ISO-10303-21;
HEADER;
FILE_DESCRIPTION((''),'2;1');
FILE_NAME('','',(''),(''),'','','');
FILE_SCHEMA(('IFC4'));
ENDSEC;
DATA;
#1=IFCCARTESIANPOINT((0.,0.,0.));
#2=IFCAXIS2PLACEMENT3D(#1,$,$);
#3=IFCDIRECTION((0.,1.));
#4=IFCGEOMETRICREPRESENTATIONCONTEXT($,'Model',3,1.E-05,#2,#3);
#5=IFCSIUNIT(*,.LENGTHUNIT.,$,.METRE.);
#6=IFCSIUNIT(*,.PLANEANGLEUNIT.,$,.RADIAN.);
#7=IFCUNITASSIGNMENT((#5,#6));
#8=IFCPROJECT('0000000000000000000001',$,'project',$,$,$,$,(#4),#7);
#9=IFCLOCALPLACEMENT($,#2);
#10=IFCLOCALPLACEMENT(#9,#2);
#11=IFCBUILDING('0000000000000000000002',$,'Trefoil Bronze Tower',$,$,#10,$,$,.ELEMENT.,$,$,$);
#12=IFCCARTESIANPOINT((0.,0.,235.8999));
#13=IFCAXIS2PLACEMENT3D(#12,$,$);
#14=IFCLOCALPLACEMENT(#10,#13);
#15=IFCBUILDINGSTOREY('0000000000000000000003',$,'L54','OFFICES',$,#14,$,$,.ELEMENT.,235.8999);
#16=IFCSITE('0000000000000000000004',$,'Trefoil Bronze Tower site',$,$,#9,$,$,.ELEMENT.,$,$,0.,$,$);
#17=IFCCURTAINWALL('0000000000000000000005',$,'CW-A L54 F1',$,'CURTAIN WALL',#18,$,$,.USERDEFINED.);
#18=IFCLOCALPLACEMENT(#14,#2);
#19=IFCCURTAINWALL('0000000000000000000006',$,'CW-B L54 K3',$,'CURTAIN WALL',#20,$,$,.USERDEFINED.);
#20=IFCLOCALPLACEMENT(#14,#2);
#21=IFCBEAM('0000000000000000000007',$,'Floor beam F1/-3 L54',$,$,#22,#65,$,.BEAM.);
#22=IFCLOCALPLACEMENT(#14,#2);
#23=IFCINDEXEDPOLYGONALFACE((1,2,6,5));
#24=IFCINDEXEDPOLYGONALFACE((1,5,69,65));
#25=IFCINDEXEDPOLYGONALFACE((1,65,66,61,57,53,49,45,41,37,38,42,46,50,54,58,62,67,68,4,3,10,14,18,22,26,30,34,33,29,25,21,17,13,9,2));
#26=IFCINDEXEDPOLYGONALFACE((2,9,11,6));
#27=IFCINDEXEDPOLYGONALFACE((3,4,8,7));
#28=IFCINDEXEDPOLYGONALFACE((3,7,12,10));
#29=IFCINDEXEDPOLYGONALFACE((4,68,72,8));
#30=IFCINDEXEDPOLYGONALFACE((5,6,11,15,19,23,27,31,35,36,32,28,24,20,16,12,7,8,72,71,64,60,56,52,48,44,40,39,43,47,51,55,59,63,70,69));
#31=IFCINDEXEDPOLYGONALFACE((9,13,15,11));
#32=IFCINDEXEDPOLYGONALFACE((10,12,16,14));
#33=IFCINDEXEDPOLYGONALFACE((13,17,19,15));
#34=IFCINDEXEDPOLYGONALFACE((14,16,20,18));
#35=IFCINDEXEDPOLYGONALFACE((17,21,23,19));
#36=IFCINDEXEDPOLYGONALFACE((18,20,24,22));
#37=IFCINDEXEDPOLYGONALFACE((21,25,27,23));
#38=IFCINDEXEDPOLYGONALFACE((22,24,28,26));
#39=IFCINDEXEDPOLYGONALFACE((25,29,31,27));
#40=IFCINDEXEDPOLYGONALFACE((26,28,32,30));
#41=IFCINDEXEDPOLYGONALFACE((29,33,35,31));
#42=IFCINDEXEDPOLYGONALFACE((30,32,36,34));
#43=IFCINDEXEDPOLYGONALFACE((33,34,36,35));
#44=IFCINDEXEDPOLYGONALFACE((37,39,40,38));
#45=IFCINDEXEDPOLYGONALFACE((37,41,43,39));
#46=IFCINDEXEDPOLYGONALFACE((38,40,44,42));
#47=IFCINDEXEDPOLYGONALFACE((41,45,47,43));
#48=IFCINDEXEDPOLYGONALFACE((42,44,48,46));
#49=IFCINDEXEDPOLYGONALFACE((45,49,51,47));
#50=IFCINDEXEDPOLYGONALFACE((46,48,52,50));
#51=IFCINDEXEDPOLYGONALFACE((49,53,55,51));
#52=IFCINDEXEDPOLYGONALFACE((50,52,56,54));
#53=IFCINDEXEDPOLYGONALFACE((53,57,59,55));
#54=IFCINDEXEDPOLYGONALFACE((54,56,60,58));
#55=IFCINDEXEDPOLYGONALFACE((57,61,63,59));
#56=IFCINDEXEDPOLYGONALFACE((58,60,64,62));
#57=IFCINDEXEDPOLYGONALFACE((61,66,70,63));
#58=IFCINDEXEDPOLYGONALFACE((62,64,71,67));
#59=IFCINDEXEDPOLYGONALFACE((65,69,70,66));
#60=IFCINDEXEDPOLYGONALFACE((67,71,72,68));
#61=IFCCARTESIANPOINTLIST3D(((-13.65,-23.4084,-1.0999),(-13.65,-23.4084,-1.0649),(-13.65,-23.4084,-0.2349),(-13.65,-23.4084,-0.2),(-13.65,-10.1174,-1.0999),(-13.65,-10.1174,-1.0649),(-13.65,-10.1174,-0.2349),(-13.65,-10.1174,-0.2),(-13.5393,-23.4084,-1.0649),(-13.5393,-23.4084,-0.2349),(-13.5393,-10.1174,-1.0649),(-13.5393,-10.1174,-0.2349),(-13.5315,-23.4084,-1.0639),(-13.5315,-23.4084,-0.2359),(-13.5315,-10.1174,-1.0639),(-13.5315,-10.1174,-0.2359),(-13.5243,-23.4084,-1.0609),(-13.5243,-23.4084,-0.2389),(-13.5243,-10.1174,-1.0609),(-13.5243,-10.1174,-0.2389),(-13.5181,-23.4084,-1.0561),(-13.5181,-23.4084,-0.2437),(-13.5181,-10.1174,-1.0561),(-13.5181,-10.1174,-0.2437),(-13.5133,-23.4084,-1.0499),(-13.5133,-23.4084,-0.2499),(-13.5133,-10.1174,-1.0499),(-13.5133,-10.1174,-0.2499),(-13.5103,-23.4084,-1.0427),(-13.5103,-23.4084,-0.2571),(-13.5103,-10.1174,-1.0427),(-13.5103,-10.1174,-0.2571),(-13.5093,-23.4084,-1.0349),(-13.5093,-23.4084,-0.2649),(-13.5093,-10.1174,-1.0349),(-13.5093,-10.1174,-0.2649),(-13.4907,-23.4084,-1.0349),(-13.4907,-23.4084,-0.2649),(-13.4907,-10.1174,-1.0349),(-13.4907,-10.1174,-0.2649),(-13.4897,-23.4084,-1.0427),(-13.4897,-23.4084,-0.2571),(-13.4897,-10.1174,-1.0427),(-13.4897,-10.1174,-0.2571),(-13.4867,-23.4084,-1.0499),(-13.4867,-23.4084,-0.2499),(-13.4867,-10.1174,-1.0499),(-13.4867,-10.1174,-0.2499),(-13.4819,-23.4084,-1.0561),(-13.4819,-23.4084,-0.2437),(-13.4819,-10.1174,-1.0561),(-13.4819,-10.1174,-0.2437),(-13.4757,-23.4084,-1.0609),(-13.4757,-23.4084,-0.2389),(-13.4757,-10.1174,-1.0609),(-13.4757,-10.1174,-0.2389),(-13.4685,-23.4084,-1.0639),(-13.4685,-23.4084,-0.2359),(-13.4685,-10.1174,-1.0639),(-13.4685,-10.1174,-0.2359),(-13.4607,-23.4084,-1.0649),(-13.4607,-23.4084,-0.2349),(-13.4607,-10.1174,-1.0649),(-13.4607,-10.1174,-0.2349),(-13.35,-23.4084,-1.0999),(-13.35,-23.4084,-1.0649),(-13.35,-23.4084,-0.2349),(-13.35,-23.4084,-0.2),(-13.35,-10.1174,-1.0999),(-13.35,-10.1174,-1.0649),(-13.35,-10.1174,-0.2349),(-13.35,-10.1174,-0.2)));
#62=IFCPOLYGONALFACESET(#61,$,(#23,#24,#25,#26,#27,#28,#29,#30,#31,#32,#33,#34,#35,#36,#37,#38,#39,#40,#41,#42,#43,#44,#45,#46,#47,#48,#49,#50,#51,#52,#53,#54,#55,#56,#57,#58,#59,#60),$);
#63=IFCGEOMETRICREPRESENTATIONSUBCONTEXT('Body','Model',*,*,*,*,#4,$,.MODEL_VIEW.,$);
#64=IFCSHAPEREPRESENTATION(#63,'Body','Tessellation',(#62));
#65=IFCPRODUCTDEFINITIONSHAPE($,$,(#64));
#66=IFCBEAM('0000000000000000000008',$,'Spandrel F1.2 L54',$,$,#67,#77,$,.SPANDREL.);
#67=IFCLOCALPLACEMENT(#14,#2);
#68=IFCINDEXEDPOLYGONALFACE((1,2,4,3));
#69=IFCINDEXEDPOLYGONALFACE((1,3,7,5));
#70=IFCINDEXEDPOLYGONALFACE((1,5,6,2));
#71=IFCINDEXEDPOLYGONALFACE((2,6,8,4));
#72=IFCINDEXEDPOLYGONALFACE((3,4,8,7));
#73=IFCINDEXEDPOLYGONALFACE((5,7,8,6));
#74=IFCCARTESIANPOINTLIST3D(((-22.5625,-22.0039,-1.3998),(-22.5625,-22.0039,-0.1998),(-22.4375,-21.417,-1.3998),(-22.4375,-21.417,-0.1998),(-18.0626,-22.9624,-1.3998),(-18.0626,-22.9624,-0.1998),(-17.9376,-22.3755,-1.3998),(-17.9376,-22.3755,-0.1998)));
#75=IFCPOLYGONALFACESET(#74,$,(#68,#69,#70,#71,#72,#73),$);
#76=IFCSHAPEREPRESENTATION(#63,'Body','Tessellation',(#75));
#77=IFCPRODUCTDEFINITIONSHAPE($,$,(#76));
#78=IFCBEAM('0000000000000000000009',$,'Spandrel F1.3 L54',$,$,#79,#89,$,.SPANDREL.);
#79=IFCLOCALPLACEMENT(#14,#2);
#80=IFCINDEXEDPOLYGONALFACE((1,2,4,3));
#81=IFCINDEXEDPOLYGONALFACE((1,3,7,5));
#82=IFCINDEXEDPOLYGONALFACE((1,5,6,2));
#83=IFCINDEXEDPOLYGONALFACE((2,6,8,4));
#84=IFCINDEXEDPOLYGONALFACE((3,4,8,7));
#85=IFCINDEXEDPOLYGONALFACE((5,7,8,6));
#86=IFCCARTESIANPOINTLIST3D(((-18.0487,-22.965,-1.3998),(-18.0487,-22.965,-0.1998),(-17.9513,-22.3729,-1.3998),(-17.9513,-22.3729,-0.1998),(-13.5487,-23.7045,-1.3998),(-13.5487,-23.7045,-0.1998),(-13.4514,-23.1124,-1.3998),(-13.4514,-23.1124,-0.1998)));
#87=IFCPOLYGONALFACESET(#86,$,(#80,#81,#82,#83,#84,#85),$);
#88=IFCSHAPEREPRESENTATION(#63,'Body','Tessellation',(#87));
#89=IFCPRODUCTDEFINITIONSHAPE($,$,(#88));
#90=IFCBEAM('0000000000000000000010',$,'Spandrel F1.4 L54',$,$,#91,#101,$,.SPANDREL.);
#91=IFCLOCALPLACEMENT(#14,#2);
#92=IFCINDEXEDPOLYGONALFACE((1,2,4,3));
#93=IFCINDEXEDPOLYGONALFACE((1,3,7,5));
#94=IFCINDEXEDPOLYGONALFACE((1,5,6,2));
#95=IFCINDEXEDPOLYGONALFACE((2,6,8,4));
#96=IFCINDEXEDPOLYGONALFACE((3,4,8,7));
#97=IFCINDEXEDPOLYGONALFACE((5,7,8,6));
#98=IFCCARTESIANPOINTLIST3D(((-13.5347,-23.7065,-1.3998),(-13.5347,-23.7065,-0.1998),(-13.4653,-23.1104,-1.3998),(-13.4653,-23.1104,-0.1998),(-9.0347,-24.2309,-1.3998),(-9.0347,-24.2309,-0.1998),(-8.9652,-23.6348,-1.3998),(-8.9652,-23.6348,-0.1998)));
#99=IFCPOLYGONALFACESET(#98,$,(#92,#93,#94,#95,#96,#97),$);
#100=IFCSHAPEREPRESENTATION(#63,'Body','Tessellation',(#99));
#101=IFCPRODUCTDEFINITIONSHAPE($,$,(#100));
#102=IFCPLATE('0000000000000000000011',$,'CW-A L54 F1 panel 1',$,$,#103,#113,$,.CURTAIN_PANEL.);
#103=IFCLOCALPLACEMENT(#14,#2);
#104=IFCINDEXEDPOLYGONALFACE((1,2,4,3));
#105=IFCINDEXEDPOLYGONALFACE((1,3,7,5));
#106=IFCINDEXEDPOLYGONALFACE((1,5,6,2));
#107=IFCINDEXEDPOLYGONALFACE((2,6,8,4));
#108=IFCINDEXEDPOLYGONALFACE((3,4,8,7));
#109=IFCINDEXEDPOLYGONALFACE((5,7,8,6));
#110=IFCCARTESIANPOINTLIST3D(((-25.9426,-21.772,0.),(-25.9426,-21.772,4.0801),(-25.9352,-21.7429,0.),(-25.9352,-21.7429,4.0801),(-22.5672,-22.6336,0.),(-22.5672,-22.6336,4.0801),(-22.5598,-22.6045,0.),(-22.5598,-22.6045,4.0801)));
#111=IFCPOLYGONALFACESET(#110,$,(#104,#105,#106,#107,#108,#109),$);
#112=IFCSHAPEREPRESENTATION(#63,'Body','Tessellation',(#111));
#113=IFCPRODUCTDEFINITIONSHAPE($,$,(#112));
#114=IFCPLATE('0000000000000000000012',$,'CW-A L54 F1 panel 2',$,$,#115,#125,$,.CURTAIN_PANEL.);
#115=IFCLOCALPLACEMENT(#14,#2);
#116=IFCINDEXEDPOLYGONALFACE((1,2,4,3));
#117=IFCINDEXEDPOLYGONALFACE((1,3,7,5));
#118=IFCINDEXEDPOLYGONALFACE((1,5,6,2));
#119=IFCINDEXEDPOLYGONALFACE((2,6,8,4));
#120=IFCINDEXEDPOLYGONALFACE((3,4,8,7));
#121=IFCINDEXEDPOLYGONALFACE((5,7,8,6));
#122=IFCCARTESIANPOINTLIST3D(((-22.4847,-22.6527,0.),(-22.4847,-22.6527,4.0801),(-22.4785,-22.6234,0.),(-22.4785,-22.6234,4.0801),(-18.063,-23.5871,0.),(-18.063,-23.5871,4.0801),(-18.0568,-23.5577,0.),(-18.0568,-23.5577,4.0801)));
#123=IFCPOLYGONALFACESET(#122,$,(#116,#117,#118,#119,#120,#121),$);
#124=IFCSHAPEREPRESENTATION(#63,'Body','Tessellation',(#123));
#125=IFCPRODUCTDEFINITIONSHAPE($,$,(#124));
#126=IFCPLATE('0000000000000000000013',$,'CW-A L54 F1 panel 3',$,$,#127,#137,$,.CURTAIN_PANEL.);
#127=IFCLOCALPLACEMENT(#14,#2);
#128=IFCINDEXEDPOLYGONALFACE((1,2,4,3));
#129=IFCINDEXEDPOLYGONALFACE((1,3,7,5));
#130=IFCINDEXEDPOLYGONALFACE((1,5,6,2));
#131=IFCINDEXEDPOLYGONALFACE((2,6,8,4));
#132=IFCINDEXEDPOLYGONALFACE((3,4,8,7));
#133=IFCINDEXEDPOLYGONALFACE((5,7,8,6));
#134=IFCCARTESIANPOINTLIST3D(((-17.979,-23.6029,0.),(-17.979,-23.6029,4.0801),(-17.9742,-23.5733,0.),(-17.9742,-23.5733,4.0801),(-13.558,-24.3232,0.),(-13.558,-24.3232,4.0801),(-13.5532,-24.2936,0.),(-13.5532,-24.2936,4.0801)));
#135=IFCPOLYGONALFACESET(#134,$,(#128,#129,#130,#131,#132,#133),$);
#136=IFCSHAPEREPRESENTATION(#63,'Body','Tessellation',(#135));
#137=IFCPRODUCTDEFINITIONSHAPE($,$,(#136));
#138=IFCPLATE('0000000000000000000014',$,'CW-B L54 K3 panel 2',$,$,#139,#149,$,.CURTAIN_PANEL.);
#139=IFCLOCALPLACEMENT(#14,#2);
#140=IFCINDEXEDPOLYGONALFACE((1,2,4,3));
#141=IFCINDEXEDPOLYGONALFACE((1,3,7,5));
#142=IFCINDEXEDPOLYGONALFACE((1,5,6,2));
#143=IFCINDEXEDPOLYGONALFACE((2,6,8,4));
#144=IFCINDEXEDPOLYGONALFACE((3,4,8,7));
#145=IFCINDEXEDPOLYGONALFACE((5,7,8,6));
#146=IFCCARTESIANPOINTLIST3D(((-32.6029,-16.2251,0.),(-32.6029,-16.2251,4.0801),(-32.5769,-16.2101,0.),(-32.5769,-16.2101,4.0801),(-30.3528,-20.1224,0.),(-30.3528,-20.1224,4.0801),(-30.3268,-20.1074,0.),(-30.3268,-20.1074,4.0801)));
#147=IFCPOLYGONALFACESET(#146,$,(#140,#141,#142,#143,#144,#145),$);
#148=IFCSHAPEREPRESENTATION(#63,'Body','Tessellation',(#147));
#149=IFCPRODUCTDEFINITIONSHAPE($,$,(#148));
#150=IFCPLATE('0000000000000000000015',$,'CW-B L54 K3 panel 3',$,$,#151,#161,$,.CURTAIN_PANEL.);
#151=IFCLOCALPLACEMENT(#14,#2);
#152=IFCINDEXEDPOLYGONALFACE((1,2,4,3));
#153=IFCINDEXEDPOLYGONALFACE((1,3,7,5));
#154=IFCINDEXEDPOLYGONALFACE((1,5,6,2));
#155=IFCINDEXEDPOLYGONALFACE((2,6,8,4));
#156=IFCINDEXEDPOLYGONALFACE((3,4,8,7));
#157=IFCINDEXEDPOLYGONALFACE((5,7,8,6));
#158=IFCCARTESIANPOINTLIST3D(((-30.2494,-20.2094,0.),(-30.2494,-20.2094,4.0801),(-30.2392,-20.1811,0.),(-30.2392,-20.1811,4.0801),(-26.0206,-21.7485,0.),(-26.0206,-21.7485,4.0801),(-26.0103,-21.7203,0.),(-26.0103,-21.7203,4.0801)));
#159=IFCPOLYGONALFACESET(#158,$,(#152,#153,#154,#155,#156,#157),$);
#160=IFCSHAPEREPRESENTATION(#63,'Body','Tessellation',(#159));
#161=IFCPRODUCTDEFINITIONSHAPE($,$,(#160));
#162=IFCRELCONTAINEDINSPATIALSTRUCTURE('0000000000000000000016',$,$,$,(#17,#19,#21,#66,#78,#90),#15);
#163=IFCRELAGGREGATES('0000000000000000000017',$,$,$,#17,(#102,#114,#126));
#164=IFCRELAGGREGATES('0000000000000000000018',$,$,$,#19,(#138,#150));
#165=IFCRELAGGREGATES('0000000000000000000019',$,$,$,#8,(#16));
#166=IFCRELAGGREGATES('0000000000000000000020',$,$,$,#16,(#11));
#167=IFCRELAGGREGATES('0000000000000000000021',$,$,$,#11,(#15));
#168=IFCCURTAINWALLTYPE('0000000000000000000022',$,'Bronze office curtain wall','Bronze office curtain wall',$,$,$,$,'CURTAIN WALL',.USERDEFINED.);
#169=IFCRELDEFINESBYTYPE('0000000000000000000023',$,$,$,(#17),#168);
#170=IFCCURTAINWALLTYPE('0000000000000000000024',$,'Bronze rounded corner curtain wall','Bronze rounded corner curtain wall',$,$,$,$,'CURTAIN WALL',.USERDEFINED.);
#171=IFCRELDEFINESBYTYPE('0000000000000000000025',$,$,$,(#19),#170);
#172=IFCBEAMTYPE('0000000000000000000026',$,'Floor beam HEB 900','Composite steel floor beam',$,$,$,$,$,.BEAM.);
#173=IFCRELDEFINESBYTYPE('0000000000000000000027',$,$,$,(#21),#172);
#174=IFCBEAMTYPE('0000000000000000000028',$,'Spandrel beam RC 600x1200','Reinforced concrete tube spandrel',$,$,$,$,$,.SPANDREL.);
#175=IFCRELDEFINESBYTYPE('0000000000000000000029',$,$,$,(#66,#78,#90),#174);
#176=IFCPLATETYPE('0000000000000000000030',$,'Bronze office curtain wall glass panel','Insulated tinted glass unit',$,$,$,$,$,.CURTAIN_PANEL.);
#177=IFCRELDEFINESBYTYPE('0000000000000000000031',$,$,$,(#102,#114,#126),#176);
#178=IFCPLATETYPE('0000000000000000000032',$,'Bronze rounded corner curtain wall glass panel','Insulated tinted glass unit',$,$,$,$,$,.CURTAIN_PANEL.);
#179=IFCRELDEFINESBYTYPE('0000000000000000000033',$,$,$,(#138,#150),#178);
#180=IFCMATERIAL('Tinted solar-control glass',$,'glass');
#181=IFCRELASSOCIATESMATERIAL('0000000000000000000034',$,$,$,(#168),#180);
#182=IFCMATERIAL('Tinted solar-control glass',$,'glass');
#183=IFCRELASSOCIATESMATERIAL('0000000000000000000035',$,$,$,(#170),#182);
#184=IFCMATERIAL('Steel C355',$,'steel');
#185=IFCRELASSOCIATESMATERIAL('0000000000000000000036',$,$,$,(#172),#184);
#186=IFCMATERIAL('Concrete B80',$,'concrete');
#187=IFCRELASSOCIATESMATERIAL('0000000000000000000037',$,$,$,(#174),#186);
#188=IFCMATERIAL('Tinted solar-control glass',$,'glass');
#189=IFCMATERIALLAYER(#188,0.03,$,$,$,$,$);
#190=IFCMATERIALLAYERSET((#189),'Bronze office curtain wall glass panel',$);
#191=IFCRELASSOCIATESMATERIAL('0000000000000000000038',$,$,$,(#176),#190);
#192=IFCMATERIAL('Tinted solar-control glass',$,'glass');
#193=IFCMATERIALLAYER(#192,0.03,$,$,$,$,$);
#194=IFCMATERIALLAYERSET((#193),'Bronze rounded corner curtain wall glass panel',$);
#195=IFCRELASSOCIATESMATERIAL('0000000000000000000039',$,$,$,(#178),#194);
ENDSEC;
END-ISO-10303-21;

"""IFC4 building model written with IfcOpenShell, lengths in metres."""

from ifc_helpers import new_model, si_unit, direction, frame, origin, origin_2d, place, context, subcontext, project, spatial, rectangle, i_section, extrude, material, layer, layer_set, material_profile, profile_set, type_object, element, aggregate, save


model = new_model("IFC4")

# Units and contexts
model_context = context("Model", 3, precision=1e-05, world=origin(), true_north=direction((0.0, 1.0)))
body_context = subcontext(model_context, "Body", "Model", "MODEL_VIEW")
ifc_project = project(units=[si_unit("LENGTHUNIT", "METRE"), si_unit("PLANEANGLEUNIT", "RADIAN")], contexts=[model_context])

# Site, building, storey
site_placement = place(None, origin())
site = spatial("IfcSite", under=ifc_project, at=site_placement, Name="Trefoil Bronze Tower site", CompositionType="ELEMENT", RefElevation=0.0)
building_placement = place(site_placement, origin())
building = spatial("IfcBuilding", under=site, at=building_placement, Name="Trefoil Bronze Tower", CompositionType="ELEMENT")
storey_placement = place(building_placement, frame((0.0, 0.0, 235.8999)))
storey = spatial("IfcBuildingStorey", under=building, at=storey_placement, Name="L54", Description="OFFICES", CompositionType="ELEMENT", Elevation=235.8999)

# Curtain walls
ifc_material_1 = material(Name="Tinted solar-control glass", Category="glass")
curtain_wall_type_1 = type_object("IfcCurtainWallType", Name="Bronze office curtain wall", Description="Bronze office curtain wall", ElementType="CURTAIN WALL", PredefinedType="USERDEFINED", material=ifc_material_1)
curtain_wall_1_placement = place(storey_placement, origin())
curtain_wall_1 = element("IfcCurtainWall", 1, at=curtain_wall_1_placement, inside=storey, type_object=curtain_wall_type_1, Name="CW-A L54 F1", ObjectType="CURTAIN WALL", PredefinedType="USERDEFINED")
ifc_material_2 = material(Name="Tinted solar-control glass", Category="glass")
curtain_wall_type_2 = type_object("IfcCurtainWallType", Name="Bronze rounded corner curtain wall", Description="Bronze rounded corner curtain wall", ElementType="CURTAIN WALL", PredefinedType="USERDEFINED", material=ifc_material_2)
curtain_wall_2_placement = place(storey_placement, origin())
curtain_wall_2 = element("IfcCurtainWall", 2, at=curtain_wall_2_placement, inside=storey, type_object=curtain_wall_type_2, Name="CW-B L54 K3", ObjectType="CURTAIN WALL", PredefinedType="USERDEFINED")

# Beams
ifc_material_3 = material(Name="Steel C355", Category="steel")
ifc_material_profile_1 = material_profile(ifc_material_3, i_section(OverallWidth=0.3, OverallDepth=0.8999, WebThickness=0.0186, FlangeThickness=0.0349, FilletRadius=0.03, at=origin_2d()), Name="HEB 900")
ifc_profile_set_1 = profile_set([ifc_material_profile_1], Name="Steel C355")
beam_type_1 = type_object("IfcBeamType", Name="Floor beam HEB 900", Description="Composite steel floor beam", PredefinedType="BEAM", material=ifc_profile_set_1)
beam_1_placement = place(storey_placement, frame((-13.5, -23.4084, -0.6499), z_axis=(0.0, 1.0, 0.0), x_axis=(-1.0, 0.0, 0.0)))
element("IfcBeam", 3, at=beam_1_placement, inside=storey, type_object=beam_type_1, Name="Floor beam F1/-3 L54", PredefinedType="BEAM", context=body_context, shape_type="SweptSolid", body=[
    extrude(i_section(OverallWidth=0.3, OverallDepth=0.8999, WebThickness=0.0186, FlangeThickness=0.0349, FilletRadius=0.03, at=origin_2d()), origin(), (0.0, 0.0, 1.0), 13.291),
])
ifc_material_4 = material(Name="Concrete B80", Category="concrete")
ifc_material_profile_2 = material_profile(ifc_material_4, rectangle(XDim=0.6001, YDim=1.2, at=origin_2d()), Name="RC 600x1200")
ifc_profile_set_2 = profile_set([ifc_material_profile_2], Name="Concrete B80")
beam_type_2 = type_object("IfcBeamType", Name="Spandrel beam RC 600x1200", Description="Reinforced concrete tube spandrel", PredefinedType="SPANDREL", material=ifc_profile_set_2)
beam_2_placement = place(storey_placement, frame((-22.5, -21.7104, -0.7998), z_axis=(0.978059, -0.208326, 0.0), x_axis=(0.208326, 0.978059, 0.0)))
element("IfcBeam", 4, at=beam_2_placement, inside=storey, type_object=beam_type_2, Name="Spandrel F1.2 L54", PredefinedType="SPANDREL", context=body_context, shape_type="SweptSolid", body=[
    extrude(rectangle(XDim=0.6001, YDim=1.2, at=origin_2d()), origin(), (0.0, 0.0, 1.0), 4.6008),
])
beam_3_placement = place(storey_placement, frame((-18.0, -22.6689, -0.7998), z_axis=(0.986765, -0.162159, 0.0), x_axis=(0.162159, 0.986765, 0.0)))
element("IfcBeam", 5, at=beam_3_placement, inside=storey, type_object=beam_type_2, Name="Spandrel F1.3 L54", PredefinedType="SPANDREL", context=body_context, shape_type="SweptSolid", body=[
    extrude(rectangle(XDim=0.6001, YDim=1.2, at=origin_2d()), origin(), (0.0, 0.0, 1.0), 4.5603),
])
beam_4_placement = place(storey_placement, frame((-13.5, -23.4084, -0.7998), z_axis=(0.993278, -0.115753, 0.0), x_axis=(0.115753, 0.993278, 0.0)))
element("IfcBeam", 6, at=beam_4_placement, inside=storey, type_object=beam_type_2, Name="Spandrel F1.4 L54", PredefinedType="SPANDREL", context=body_context, shape_type="SweptSolid", body=[
    extrude(rectangle(XDim=0.6001, YDim=1.2, at=origin_2d()), origin(), (0.0, 0.0, 1.0), 4.5305),
])

# Plates
ifc_material_5 = material(Name="Tinted solar-control glass", Category="glass")
ifc_layer_1 = layer(ifc_material_5, 0.03)
ifc_layer_set_1 = layer_set([ifc_layer_1], Name="Bronze office curtain wall glass panel")
plate_type_1 = type_object("IfcPlateType", Name="Bronze office curtain wall glass panel", Description="Insulated tinted glass unit", PredefinedType="CURTAIN_PANEL", material=ifc_layer_set_1)
plate_1_placement = place(storey_placement, frame((-24.2512, -22.1882, 0.0), z_axis=(0.0, 0.0, 1.0), x_axis=(0.968934, -0.247319, 0.0)))
plate_1 = element("IfcPlate", 7, at=plate_1_placement, type_object=plate_type_1, Name="CW-A L54 F1 panel 1", PredefinedType="CURTAIN_PANEL", context=body_context, shape_type="SweptSolid", body=[
    extrude(rectangle(XDim=3.4836, YDim=0.03, at=origin_2d()), origin(), (0.0, 0.0, 1.0), 4.0801),
])
plate_2_placement = place(storey_placement, frame((-20.2708, -23.1052, 0.0), z_axis=(0.0, 0.0, 1.0), x_axis=(0.978394, -0.206747, 0.0)))
plate_2 = element("IfcPlate", 8, at=plate_2_placement, type_object=plate_type_1, Name="CW-A L54 F1 panel 2", PredefinedType="CURTAIN_PANEL", context=body_context, shape_type="SweptSolid", body=[
    extrude(rectangle(XDim=4.5193, YDim=0.03, at=origin_2d()), origin(), (0.0, 0.0, 1.0), 4.0801),
])
plate_3_placement = place(storey_placement, frame((-15.7661, -23.9482, 0.0), z_axis=(0.0, 0.0, 1.0), x_axis=(0.986987, -0.160803, 0.0)))
plate_3 = element("IfcPlate", 9, at=plate_3_placement, type_object=plate_type_1, Name="CW-A L54 F1 panel 3", PredefinedType="CURTAIN_PANEL", context=body_context, shape_type="SweptSolid", body=[
    extrude(rectangle(XDim=4.4792, YDim=0.03, at=origin_2d()), origin(), (0.0, 0.0, 1.0), 4.0801),
])
aggregate(curtain_wall_1, [plate_1, plate_2, plate_3])
ifc_material_6 = material(Name="Tinted solar-control glass", Category="glass")
ifc_layer_2 = layer(ifc_material_6, 0.03)
ifc_layer_set_2 = layer_set([ifc_layer_2], Name="Bronze rounded corner curtain wall glass panel")
plate_type_2 = type_object("IfcPlateType", Name="Bronze rounded corner curtain wall glass panel", Description="Insulated tinted glass unit", PredefinedType="CURTAIN_PANEL", material=ifc_layer_set_2)
plate_4_placement = place(storey_placement, frame((-31.4648, -18.1663, 0.0), z_axis=(0.0, 0.0, 1.0), x_axis=(0.5, -0.866025, 0.0)))
plate_4 = element("IfcPlate", 10, at=plate_4_placement, type_object=plate_type_2, Name="CW-B L54 K3 panel 2", PredefinedType="CURTAIN_PANEL", context=body_context, shape_type="SweptSolid", body=[
    extrude(rectangle(XDim=4.5002, YDim=0.03, at=origin_2d()), origin(), (0.0, 0.0, 1.0), 4.0801),
])
plate_5_placement = place(storey_placement, frame((-28.1299, -20.9648, 0.0), z_axis=(0.0, 0.0, 1.0), x_axis=(0.939693, -0.34202, 0.0)))
plate_5 = element("IfcPlate", 11, at=plate_5_placement, type_object=plate_type_2, Name="CW-B L54 K3 panel 3", PredefinedType="CURTAIN_PANEL", context=body_context, shape_type="SweptSolid", body=[
    extrude(rectangle(XDim=4.5002, YDim=0.03, at=origin_2d()), origin(), (0.0, 0.0, 1.0), 4.0801),
])
aggregate(curtain_wall_2, [plate_4, plate_5])

save(model, "model.ifc")
